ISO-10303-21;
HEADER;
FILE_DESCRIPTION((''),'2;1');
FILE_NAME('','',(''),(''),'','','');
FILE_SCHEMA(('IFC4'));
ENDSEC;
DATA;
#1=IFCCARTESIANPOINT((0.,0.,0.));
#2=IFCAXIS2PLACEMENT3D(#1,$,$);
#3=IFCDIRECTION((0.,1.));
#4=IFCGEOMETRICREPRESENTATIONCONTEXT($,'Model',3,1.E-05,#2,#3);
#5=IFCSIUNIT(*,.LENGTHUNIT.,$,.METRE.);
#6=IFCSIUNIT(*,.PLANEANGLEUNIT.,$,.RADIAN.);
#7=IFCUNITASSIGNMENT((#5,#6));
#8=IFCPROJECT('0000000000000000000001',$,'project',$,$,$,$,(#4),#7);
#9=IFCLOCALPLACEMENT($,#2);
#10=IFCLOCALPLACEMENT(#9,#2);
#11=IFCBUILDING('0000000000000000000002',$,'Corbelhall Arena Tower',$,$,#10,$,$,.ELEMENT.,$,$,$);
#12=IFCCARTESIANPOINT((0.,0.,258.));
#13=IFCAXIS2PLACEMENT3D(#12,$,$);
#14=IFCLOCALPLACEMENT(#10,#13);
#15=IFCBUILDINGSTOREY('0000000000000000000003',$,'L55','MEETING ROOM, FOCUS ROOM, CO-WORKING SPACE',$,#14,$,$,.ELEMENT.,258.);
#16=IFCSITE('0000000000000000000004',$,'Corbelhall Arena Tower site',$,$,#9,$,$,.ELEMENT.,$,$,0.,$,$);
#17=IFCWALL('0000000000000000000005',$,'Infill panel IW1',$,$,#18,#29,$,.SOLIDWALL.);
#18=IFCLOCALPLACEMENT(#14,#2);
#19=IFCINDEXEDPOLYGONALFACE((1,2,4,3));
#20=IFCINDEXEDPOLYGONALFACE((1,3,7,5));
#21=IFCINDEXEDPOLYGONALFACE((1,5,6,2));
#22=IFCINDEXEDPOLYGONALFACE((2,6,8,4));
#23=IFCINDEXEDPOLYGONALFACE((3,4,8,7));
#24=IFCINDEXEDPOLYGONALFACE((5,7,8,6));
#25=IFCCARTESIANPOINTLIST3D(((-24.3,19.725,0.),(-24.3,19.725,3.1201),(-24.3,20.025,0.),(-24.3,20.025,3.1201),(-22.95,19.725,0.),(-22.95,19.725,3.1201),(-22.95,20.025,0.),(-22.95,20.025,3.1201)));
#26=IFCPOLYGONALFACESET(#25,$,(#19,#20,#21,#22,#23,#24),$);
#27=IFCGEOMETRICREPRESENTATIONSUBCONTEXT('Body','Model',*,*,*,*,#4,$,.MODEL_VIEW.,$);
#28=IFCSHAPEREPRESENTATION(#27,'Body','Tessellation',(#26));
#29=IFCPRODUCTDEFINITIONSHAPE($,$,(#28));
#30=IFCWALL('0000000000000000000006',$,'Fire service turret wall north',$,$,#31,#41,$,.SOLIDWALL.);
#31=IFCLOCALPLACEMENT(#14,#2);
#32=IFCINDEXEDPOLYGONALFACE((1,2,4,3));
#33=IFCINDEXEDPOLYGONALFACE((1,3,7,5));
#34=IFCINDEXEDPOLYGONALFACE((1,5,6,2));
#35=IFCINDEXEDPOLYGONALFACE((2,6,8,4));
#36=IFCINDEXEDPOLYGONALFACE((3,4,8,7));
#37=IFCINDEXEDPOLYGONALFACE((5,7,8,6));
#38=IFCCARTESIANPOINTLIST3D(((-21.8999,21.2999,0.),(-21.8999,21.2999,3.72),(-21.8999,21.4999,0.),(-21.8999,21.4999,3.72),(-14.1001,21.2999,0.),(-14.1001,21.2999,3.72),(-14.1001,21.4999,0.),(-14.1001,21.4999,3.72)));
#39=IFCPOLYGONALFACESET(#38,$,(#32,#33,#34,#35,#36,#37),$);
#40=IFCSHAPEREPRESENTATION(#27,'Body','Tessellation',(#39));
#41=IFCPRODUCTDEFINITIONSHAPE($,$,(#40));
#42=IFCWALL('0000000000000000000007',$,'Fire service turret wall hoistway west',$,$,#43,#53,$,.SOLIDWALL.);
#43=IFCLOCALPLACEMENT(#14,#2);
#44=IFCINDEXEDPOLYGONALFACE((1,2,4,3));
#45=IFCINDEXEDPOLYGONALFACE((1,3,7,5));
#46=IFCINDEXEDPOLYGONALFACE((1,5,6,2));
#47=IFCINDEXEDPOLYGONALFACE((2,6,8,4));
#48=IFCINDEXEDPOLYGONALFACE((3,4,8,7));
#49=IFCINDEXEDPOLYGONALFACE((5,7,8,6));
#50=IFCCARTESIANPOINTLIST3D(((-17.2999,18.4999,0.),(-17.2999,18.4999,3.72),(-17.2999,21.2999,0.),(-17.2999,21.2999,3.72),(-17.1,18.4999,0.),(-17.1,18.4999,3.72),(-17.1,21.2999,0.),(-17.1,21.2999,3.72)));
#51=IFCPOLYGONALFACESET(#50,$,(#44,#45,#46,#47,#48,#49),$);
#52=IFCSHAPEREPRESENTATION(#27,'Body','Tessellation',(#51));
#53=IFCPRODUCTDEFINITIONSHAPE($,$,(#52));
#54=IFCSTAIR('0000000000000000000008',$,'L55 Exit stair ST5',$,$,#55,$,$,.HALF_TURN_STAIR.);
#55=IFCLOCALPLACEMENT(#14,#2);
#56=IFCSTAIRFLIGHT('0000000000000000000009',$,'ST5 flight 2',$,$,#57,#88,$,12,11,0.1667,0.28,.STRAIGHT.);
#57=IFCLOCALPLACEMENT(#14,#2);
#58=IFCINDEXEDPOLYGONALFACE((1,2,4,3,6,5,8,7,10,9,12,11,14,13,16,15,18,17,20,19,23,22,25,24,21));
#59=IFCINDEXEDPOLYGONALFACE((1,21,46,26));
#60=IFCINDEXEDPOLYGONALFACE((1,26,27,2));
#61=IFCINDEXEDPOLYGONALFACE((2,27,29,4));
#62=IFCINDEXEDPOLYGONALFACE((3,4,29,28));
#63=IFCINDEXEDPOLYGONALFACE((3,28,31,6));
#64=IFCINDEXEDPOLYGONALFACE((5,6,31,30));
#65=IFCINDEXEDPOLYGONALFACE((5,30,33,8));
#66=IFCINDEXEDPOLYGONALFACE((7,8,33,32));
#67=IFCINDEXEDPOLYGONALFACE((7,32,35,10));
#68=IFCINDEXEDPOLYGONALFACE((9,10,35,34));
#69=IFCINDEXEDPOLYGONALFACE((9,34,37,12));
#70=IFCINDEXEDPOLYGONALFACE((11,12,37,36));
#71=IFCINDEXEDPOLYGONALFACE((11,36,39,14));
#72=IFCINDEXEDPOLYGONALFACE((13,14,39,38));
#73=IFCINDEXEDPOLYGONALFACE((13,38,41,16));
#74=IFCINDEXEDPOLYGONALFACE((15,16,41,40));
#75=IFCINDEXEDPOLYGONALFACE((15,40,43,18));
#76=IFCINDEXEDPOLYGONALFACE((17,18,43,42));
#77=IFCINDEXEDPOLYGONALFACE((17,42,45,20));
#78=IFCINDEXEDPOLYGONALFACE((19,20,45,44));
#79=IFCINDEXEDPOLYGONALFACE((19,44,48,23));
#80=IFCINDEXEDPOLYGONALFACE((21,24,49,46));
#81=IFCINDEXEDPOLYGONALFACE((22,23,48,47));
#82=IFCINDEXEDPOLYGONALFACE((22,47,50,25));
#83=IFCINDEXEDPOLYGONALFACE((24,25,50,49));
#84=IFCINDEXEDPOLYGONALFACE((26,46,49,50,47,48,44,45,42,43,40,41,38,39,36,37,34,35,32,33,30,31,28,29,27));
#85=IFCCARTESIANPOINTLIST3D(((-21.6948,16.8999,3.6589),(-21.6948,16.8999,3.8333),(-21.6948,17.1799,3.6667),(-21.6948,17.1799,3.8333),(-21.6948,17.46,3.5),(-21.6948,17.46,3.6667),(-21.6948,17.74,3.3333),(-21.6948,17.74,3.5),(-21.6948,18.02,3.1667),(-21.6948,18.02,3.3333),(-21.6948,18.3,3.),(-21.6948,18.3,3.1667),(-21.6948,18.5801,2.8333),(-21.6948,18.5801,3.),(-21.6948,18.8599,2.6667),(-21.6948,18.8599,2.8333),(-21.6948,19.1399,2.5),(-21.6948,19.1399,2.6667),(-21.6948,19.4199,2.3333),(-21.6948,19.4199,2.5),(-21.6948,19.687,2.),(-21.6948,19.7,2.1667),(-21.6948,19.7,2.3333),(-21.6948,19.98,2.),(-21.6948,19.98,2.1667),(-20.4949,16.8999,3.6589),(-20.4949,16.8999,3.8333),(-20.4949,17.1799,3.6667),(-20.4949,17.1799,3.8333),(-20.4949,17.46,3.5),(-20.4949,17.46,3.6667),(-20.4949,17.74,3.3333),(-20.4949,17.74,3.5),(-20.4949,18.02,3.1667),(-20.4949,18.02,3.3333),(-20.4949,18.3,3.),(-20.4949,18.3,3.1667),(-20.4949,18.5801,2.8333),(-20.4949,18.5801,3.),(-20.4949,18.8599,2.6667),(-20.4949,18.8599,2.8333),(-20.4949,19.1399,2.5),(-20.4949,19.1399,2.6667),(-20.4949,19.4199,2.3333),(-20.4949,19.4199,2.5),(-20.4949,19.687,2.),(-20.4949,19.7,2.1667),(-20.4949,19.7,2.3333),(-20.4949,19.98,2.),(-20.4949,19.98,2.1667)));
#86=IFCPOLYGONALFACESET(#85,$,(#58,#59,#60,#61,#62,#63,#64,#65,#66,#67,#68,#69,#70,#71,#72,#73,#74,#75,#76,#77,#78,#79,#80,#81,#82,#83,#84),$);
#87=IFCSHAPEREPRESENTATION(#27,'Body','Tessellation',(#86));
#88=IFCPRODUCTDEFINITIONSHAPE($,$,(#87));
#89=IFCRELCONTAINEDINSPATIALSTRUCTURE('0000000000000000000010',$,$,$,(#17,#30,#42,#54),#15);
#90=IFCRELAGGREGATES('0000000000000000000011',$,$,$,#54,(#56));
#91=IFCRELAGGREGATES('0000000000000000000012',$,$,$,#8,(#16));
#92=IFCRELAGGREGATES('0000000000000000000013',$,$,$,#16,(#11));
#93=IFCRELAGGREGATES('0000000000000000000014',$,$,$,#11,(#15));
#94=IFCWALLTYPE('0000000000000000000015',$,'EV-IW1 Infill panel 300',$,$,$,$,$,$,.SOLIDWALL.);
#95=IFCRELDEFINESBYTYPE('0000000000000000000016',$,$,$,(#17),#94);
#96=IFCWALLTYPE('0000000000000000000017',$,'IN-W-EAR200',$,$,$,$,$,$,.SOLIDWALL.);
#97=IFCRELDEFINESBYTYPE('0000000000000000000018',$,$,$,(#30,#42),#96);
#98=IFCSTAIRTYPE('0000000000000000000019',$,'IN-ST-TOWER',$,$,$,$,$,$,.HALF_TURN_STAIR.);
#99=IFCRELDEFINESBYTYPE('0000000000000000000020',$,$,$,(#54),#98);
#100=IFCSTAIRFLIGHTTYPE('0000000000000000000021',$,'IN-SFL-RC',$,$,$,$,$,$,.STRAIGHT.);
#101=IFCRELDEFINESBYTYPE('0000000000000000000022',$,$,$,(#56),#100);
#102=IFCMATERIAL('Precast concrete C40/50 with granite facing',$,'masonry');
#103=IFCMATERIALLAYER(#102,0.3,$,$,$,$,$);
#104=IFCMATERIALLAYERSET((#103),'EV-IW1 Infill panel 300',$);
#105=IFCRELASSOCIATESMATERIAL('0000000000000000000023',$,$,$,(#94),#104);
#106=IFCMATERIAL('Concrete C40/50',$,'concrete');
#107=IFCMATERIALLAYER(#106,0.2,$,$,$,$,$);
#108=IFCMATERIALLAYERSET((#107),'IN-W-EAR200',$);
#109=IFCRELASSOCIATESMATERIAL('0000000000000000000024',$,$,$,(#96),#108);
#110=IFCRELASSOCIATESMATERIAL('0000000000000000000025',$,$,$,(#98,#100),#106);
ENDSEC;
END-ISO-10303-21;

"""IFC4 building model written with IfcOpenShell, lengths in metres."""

from ifc_helpers import new_model, si_unit, direction, frame, frame_2d, origin, place, context, subcontext, project, spatial, polyline, rectangle, outline, extrude, material, layer, layer_set, type_object, element, aggregate, save


model = new_model("IFC4")

# Units and contexts
model_context = context("Model", 3, precision=1e-05, world=origin(), true_north=direction((0.0, 1.0)))
body_context = subcontext(model_context, "Body", "Model", "MODEL_VIEW")
ifc_project = project(units=[si_unit("LENGTHUNIT", "METRE"), si_unit("PLANEANGLEUNIT", "RADIAN")], contexts=[model_context])

# Site, building, storey
site_placement = place(None, origin())
site = spatial("IfcSite", under=ifc_project, at=site_placement, Name="Corbelhall Arena Tower site", CompositionType="ELEMENT", RefElevation=0.0)
building_placement = place(site_placement, origin())
building = spatial("IfcBuilding", under=site, at=building_placement, Name="Corbelhall Arena Tower", CompositionType="ELEMENT")
storey_placement = place(building_placement, frame((0.0, 0.0, 258.0)))
storey = spatial("IfcBuildingStorey", under=building, at=storey_placement, Name="L55", Description="MEETING ROOM, FOCUS ROOM, CO-WORKING SPACE", CompositionType="ELEMENT", Elevation=258.0)

# Shared definitions
ifc_material_1 = material(Name="Precast concrete C40/50 with granite facing", Category="masonry")
ifc_layer_1 = layer(ifc_material_1, 0.3)
ifc_layer_set_1 = layer_set([ifc_layer_1], Name="EV-IW1 Infill panel 300")
wall_type_1 = type_object("IfcWallType", Name="EV-IW1 Infill panel 300", PredefinedType="SOLIDWALL", material=ifc_layer_set_1)

# Walls
wall_1_placement = place(storey_placement, frame((-22.95, 19.875, 0.0), z_axis=(0.0, 0.0, 1.0), x_axis=(-1.0, 0.0, 0.0)))
element("IfcWall", 1, at=wall_1_placement, inside=storey, type_object=wall_type_1, Name="Infill panel IW1", PredefinedType="SOLIDWALL", context=body_context, shape_type="SweptSolid", body=[
    extrude(rectangle(XDim=1.3501, YDim=0.3, at=frame_2d((0.675, 0.0))), origin(), (0.0, 0.0, 1.0), 3.1201),
])
ifc_material_2 = material(Name="Concrete C40/50", Category="concrete")
ifc_layer_2 = layer(ifc_material_2, 0.2)
ifc_layer_set_2 = layer_set([ifc_layer_2], Name="IN-W-EAR200")
wall_type_2 = type_object("IfcWallType", Name="IN-W-EAR200", PredefinedType="SOLIDWALL", material=ifc_layer_set_2)
wall_2_placement = place(storey_placement, frame((-21.8999, 21.3999, 0.0), z_axis=(0.0, 0.0, 1.0), x_axis=(1.0, 0.0, 0.0)))
element("IfcWall", 2, at=wall_2_placement, inside=storey, type_object=wall_type_2, Name="Fire service turret wall north", PredefinedType="SOLIDWALL", context=body_context, shape_type="SweptSolid", body=[
    extrude(rectangle(XDim=7.7998, YDim=0.2, at=frame_2d((3.8999, 0.0))), origin(), (0.0, 0.0, 1.0), 3.72),
])
wall_3_placement = place(storey_placement, frame((-17.2, 18.5, 0.0), z_axis=(0.0, 0.0, 1.0), x_axis=(0.0, 1.0, 0.0)))
element("IfcWall", 3, at=wall_3_placement, inside=storey, type_object=wall_type_2, Name="Fire service turret wall hoistway west", PredefinedType="SOLIDWALL", context=body_context, shape_type="SweptSolid", body=[
    extrude(rectangle(XDim=2.8, YDim=0.2, at=frame_2d((1.3999, 0.0))), origin(), (0.0, 0.0, 1.0), 3.72),
])

# Stair, stair flight
stair_type = type_object("IfcStairType", Name="IN-ST-TOWER", PredefinedType="HALF_TURN_STAIR", material=ifc_material_2)
stair_placement = place(storey_placement, origin())
stair = element("IfcStair", 4, at=stair_placement, inside=storey, type_object=stair_type, Name="L55 Exit stair ST5", PredefinedType="HALF_TURN_STAIR")
stair_flight_type = type_object("IfcStairFlightType", Name="IN-SFL-RC", PredefinedType="STRAIGHT", material=ifc_material_2)
stair_flight_placement = place(storey_placement, frame((-21.095, 19.98, 2.0), z_axis=(0.0, 0.0, 1.0), x_axis=(0.0, -1.0, 0.0)))
stair_flight = element("IfcStairFlight", 5, at=stair_flight_placement, type_object=stair_flight_type, Name="ST5 flight 2", NumberOfRisers=12, NumberOfTreads=11, PredefinedType="STRAIGHT", RiserHeight=0.1667, TreadLength=0.28, context=body_context, shape_type="SweptSolid", body=[
    extrude(outline(polyline([(0.0, 0.0), (0.0, 0.1667), (0.28, 0.1667), (0.28, 0.3333), (0.5601, 0.3333), (0.5601, 0.5), (0.8401, 0.5), (0.8401, 0.6667), (1.1201, 0.6667), (1.1201, 0.8333), (1.3999, 0.8333), (1.3999, 1.0), (1.6799, 1.0), (1.6799, 1.1667), (1.96, 1.1667), (1.96, 1.3333), (2.24, 1.3333), (2.24, 1.5), (2.52, 1.5), (2.52, 1.6667), (2.8, 1.6667), (2.8, 1.8333), (3.0801, 1.8333), (3.0801, 2.0), (3.0801, 1.6589), (0.293, 0.0), (0.0, 0.0)])), frame((0.0, 0.6001, 0.0), z_axis=(0.0, -1.0, 0.0), x_axis=(1.0, 0.0, 0.0)), (0.0, 0.0, 1.0), 1.2),
])
aggregate(stair, [stair_flight])

save(model, "model.ifc")
